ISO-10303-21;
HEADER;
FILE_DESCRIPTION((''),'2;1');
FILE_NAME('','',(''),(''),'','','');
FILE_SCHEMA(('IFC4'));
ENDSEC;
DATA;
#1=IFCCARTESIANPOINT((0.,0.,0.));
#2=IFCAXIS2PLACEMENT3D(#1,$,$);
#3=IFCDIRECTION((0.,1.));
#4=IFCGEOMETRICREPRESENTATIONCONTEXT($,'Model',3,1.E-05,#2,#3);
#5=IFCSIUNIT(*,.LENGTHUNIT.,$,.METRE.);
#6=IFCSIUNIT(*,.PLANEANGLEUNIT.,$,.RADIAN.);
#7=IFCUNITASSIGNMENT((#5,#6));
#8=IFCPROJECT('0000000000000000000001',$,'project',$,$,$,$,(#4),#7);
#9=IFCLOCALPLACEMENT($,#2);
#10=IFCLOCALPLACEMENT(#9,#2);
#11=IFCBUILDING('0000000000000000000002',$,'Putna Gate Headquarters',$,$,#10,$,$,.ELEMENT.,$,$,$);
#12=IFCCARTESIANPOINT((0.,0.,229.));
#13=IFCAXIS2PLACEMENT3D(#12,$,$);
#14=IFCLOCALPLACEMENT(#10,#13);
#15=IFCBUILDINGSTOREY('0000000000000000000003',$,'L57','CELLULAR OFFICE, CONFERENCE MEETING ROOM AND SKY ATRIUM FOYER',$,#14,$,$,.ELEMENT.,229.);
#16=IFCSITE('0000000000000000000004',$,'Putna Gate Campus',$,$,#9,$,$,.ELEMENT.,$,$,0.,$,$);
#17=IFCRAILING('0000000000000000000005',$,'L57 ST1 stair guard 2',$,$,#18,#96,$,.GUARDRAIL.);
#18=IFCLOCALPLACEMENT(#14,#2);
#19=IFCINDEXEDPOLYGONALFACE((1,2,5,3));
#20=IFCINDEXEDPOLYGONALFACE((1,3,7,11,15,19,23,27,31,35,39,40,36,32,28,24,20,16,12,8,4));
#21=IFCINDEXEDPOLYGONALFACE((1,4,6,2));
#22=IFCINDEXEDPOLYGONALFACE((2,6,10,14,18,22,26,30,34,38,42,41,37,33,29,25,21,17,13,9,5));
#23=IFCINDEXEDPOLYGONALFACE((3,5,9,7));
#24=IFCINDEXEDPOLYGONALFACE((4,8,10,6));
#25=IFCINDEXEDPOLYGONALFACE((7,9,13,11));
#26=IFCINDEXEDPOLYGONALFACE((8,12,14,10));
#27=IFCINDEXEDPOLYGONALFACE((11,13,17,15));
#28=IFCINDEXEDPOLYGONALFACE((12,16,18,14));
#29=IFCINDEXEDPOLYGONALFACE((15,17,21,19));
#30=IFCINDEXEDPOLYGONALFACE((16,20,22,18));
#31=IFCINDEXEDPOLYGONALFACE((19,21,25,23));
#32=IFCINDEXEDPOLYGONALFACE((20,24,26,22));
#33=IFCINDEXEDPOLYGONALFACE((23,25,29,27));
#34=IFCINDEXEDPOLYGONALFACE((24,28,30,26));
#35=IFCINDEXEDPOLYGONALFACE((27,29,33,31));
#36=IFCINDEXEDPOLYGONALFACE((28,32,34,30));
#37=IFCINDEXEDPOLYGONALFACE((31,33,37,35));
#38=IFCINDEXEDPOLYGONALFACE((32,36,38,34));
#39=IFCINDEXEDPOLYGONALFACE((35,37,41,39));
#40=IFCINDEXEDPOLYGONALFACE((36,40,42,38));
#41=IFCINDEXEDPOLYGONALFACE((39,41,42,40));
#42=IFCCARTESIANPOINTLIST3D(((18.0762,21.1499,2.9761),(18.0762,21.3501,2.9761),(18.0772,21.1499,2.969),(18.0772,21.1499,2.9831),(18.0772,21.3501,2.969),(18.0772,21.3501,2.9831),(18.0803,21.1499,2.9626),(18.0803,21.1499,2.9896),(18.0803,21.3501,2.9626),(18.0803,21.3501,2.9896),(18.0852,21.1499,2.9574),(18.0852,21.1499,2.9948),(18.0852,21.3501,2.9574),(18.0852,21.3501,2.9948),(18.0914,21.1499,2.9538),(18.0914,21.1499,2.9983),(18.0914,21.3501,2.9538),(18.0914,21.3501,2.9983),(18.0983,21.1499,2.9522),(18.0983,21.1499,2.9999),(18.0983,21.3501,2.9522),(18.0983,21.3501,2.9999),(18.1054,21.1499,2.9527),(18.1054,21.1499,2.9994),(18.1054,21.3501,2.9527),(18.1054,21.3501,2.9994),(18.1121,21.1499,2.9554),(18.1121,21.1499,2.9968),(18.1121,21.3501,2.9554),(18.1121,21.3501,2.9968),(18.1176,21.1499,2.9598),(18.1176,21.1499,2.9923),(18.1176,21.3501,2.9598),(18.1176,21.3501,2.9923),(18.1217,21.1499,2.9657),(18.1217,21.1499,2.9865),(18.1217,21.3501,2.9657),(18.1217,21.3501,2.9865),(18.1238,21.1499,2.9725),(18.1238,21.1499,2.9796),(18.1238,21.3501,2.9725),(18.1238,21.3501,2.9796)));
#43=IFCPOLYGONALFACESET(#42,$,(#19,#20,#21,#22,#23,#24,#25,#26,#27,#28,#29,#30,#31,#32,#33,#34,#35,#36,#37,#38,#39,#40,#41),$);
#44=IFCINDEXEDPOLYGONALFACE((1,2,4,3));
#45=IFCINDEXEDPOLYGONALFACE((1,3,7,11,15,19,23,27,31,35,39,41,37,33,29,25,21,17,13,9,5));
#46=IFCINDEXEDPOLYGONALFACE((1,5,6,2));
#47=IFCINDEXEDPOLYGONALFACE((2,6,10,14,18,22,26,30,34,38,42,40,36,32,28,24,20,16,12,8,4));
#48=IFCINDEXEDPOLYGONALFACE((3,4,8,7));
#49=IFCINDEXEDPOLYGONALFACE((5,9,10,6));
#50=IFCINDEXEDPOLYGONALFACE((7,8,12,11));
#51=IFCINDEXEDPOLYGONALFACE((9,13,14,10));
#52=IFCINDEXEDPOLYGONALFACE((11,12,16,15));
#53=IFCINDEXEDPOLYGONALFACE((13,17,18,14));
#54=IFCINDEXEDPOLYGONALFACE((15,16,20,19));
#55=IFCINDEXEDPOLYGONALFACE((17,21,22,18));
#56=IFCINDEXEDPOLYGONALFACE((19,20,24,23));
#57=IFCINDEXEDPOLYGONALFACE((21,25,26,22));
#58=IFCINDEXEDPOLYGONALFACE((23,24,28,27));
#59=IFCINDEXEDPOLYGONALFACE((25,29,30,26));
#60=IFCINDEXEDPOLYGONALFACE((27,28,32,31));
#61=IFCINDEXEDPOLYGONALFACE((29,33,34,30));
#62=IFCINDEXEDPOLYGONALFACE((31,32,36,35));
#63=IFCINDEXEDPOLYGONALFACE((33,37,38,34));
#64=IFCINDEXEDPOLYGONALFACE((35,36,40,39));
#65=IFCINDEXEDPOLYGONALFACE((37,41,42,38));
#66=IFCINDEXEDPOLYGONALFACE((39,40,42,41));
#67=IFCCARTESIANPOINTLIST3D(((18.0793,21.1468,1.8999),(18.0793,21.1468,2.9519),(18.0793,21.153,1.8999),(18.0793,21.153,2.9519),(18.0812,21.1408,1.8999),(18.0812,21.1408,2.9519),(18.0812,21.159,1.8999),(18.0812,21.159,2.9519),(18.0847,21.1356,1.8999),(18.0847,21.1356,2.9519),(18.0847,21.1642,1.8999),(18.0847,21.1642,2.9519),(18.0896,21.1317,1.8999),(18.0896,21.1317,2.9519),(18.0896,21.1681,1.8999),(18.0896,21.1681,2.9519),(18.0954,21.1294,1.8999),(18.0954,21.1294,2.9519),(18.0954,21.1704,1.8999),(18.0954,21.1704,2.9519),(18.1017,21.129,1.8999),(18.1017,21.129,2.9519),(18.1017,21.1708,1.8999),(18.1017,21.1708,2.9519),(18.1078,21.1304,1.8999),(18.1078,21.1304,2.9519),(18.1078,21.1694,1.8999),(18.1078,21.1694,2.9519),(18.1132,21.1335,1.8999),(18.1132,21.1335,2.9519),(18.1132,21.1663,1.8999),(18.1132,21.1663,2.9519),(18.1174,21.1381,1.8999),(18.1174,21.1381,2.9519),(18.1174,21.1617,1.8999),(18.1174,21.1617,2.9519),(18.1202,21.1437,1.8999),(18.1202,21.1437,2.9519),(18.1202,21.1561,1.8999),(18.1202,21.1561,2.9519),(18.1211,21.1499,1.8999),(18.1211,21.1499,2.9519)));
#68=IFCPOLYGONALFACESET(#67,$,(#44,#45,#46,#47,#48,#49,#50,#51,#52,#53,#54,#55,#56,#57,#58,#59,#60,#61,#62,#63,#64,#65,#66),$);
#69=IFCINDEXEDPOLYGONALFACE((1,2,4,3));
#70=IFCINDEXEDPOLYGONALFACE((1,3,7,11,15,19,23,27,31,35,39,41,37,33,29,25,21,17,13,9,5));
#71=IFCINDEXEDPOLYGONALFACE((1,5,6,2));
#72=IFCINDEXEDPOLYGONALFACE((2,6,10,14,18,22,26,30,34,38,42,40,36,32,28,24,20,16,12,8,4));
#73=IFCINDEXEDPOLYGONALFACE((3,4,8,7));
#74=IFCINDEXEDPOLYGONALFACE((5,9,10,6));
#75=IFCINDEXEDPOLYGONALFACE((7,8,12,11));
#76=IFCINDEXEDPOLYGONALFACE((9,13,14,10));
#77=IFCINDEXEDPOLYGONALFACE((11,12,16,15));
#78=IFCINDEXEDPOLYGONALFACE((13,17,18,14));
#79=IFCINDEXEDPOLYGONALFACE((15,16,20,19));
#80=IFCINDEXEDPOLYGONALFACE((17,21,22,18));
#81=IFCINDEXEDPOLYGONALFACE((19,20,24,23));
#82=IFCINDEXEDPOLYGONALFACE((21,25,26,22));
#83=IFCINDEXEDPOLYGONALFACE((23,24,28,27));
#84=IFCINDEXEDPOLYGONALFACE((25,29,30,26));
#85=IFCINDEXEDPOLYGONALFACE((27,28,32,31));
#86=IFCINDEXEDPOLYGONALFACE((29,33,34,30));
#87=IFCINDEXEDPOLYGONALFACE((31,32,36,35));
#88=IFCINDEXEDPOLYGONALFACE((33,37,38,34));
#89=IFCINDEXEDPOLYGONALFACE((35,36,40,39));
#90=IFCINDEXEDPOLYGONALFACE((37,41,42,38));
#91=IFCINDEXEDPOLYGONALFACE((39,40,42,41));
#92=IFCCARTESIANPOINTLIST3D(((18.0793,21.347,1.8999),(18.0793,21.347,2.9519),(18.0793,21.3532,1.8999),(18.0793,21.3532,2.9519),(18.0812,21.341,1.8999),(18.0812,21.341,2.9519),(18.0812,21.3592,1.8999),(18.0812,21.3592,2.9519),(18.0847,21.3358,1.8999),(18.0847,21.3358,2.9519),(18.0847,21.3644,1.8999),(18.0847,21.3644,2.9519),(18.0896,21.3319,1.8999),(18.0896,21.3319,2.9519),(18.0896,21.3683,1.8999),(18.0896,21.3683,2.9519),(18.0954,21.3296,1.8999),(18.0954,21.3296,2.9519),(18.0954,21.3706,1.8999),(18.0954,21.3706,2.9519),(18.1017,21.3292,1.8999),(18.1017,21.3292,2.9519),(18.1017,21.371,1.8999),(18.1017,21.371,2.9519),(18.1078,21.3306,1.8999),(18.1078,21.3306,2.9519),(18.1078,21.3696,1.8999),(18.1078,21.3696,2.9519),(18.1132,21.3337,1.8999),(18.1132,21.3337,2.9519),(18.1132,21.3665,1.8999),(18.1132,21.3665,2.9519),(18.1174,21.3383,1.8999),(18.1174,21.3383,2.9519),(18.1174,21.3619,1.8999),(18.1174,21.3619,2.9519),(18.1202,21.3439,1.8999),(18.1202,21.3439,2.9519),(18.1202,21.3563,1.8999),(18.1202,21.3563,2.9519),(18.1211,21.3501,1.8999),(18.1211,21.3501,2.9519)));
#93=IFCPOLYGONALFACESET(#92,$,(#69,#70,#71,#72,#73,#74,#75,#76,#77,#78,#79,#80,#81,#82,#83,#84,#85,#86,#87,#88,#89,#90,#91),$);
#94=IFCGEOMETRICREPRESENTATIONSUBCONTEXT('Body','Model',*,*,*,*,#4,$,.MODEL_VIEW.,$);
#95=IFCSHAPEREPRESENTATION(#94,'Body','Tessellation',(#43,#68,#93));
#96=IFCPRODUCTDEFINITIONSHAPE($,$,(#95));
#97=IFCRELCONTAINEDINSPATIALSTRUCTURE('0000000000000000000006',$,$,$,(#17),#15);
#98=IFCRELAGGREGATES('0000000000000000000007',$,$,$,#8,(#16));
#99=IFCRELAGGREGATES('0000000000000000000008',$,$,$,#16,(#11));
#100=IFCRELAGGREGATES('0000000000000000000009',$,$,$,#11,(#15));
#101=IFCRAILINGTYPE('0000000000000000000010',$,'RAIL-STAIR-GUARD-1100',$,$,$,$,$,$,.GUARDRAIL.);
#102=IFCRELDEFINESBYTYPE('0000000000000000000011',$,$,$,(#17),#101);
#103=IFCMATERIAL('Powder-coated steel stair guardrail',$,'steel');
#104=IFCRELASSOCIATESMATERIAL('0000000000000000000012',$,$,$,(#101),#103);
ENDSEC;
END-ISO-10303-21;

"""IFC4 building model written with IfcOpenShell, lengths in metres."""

from ifc_helpers import new_model, si_unit, direction, frame, origin, origin_2d, place, context, subcontext, project, spatial, circle, extrude, material, type_object, element, save


model = new_model("IFC4")

# Units and contexts
model_context = context("Model", 3, precision=1e-05, world=origin(), true_north=direction((0.0, 1.0)))
body_context = subcontext(model_context, "Body", "Model", "MODEL_VIEW")
ifc_project = project(units=[si_unit("LENGTHUNIT", "METRE"), si_unit("PLANEANGLEUNIT", "RADIAN")], contexts=[model_context])

# Site, building, storey
site_placement = place(None, origin())
site = spatial("IfcSite", under=ifc_project, at=site_placement, Name="Putna Gate Campus", CompositionType="ELEMENT", RefElevation=0.0)
building_placement = place(site_placement, origin())
building = spatial("IfcBuilding", under=site, at=building_placement, Name="Putna Gate Headquarters", CompositionType="ELEMENT")
storey_placement = place(building_placement, frame((0.0, 0.0, 229.0)))
storey = spatial("IfcBuildingStorey", under=building, at=storey_placement, Name="L57", Description="CELLULAR OFFICE, CONFERENCE MEETING ROOM AND SKY ATRIUM FOYER", CompositionType="ELEMENT", Elevation=229.0)

# Railing
ifc_material_1 = material(Name="Powder-coated steel stair guardrail", Category="steel")
railing_type = type_object("IfcRailingType", Name="RAIL-STAIR-GUARD-1100", PredefinedType="GUARDRAIL", material=ifc_material_1)
railing_1_placement = place(storey_placement, frame((18.1001, 21.1499, 1.8999)))
element("IfcRailing", 1, at=railing_1_placement, inside=storey, type_object=railing_type, Name="L57 ST1 stair guard 2", PredefinedType="GUARDRAIL", context=body_context, shape_type="SweptSolid", body=[
    extrude(circle(Radius=0.0239, at=origin_2d()), frame((0.0, 0.0, 1.0762), z_axis=(0.0, 1.0, 0.0), x_axis=(-1.0, 0.0, 0.0)), (0.0, 0.0, 1.0), 0.2002),
    extrude(circle(Radius=0.021, at=origin_2d()), origin(), (0.0, 0.0, 1.0), 1.052),
    extrude(circle(Radius=0.021, at=origin_2d()), frame((0.0, 0.2002, 0.0)), (0.0, 0.0, 1.0), 1.052),
])

save(model, "model.ifc")
